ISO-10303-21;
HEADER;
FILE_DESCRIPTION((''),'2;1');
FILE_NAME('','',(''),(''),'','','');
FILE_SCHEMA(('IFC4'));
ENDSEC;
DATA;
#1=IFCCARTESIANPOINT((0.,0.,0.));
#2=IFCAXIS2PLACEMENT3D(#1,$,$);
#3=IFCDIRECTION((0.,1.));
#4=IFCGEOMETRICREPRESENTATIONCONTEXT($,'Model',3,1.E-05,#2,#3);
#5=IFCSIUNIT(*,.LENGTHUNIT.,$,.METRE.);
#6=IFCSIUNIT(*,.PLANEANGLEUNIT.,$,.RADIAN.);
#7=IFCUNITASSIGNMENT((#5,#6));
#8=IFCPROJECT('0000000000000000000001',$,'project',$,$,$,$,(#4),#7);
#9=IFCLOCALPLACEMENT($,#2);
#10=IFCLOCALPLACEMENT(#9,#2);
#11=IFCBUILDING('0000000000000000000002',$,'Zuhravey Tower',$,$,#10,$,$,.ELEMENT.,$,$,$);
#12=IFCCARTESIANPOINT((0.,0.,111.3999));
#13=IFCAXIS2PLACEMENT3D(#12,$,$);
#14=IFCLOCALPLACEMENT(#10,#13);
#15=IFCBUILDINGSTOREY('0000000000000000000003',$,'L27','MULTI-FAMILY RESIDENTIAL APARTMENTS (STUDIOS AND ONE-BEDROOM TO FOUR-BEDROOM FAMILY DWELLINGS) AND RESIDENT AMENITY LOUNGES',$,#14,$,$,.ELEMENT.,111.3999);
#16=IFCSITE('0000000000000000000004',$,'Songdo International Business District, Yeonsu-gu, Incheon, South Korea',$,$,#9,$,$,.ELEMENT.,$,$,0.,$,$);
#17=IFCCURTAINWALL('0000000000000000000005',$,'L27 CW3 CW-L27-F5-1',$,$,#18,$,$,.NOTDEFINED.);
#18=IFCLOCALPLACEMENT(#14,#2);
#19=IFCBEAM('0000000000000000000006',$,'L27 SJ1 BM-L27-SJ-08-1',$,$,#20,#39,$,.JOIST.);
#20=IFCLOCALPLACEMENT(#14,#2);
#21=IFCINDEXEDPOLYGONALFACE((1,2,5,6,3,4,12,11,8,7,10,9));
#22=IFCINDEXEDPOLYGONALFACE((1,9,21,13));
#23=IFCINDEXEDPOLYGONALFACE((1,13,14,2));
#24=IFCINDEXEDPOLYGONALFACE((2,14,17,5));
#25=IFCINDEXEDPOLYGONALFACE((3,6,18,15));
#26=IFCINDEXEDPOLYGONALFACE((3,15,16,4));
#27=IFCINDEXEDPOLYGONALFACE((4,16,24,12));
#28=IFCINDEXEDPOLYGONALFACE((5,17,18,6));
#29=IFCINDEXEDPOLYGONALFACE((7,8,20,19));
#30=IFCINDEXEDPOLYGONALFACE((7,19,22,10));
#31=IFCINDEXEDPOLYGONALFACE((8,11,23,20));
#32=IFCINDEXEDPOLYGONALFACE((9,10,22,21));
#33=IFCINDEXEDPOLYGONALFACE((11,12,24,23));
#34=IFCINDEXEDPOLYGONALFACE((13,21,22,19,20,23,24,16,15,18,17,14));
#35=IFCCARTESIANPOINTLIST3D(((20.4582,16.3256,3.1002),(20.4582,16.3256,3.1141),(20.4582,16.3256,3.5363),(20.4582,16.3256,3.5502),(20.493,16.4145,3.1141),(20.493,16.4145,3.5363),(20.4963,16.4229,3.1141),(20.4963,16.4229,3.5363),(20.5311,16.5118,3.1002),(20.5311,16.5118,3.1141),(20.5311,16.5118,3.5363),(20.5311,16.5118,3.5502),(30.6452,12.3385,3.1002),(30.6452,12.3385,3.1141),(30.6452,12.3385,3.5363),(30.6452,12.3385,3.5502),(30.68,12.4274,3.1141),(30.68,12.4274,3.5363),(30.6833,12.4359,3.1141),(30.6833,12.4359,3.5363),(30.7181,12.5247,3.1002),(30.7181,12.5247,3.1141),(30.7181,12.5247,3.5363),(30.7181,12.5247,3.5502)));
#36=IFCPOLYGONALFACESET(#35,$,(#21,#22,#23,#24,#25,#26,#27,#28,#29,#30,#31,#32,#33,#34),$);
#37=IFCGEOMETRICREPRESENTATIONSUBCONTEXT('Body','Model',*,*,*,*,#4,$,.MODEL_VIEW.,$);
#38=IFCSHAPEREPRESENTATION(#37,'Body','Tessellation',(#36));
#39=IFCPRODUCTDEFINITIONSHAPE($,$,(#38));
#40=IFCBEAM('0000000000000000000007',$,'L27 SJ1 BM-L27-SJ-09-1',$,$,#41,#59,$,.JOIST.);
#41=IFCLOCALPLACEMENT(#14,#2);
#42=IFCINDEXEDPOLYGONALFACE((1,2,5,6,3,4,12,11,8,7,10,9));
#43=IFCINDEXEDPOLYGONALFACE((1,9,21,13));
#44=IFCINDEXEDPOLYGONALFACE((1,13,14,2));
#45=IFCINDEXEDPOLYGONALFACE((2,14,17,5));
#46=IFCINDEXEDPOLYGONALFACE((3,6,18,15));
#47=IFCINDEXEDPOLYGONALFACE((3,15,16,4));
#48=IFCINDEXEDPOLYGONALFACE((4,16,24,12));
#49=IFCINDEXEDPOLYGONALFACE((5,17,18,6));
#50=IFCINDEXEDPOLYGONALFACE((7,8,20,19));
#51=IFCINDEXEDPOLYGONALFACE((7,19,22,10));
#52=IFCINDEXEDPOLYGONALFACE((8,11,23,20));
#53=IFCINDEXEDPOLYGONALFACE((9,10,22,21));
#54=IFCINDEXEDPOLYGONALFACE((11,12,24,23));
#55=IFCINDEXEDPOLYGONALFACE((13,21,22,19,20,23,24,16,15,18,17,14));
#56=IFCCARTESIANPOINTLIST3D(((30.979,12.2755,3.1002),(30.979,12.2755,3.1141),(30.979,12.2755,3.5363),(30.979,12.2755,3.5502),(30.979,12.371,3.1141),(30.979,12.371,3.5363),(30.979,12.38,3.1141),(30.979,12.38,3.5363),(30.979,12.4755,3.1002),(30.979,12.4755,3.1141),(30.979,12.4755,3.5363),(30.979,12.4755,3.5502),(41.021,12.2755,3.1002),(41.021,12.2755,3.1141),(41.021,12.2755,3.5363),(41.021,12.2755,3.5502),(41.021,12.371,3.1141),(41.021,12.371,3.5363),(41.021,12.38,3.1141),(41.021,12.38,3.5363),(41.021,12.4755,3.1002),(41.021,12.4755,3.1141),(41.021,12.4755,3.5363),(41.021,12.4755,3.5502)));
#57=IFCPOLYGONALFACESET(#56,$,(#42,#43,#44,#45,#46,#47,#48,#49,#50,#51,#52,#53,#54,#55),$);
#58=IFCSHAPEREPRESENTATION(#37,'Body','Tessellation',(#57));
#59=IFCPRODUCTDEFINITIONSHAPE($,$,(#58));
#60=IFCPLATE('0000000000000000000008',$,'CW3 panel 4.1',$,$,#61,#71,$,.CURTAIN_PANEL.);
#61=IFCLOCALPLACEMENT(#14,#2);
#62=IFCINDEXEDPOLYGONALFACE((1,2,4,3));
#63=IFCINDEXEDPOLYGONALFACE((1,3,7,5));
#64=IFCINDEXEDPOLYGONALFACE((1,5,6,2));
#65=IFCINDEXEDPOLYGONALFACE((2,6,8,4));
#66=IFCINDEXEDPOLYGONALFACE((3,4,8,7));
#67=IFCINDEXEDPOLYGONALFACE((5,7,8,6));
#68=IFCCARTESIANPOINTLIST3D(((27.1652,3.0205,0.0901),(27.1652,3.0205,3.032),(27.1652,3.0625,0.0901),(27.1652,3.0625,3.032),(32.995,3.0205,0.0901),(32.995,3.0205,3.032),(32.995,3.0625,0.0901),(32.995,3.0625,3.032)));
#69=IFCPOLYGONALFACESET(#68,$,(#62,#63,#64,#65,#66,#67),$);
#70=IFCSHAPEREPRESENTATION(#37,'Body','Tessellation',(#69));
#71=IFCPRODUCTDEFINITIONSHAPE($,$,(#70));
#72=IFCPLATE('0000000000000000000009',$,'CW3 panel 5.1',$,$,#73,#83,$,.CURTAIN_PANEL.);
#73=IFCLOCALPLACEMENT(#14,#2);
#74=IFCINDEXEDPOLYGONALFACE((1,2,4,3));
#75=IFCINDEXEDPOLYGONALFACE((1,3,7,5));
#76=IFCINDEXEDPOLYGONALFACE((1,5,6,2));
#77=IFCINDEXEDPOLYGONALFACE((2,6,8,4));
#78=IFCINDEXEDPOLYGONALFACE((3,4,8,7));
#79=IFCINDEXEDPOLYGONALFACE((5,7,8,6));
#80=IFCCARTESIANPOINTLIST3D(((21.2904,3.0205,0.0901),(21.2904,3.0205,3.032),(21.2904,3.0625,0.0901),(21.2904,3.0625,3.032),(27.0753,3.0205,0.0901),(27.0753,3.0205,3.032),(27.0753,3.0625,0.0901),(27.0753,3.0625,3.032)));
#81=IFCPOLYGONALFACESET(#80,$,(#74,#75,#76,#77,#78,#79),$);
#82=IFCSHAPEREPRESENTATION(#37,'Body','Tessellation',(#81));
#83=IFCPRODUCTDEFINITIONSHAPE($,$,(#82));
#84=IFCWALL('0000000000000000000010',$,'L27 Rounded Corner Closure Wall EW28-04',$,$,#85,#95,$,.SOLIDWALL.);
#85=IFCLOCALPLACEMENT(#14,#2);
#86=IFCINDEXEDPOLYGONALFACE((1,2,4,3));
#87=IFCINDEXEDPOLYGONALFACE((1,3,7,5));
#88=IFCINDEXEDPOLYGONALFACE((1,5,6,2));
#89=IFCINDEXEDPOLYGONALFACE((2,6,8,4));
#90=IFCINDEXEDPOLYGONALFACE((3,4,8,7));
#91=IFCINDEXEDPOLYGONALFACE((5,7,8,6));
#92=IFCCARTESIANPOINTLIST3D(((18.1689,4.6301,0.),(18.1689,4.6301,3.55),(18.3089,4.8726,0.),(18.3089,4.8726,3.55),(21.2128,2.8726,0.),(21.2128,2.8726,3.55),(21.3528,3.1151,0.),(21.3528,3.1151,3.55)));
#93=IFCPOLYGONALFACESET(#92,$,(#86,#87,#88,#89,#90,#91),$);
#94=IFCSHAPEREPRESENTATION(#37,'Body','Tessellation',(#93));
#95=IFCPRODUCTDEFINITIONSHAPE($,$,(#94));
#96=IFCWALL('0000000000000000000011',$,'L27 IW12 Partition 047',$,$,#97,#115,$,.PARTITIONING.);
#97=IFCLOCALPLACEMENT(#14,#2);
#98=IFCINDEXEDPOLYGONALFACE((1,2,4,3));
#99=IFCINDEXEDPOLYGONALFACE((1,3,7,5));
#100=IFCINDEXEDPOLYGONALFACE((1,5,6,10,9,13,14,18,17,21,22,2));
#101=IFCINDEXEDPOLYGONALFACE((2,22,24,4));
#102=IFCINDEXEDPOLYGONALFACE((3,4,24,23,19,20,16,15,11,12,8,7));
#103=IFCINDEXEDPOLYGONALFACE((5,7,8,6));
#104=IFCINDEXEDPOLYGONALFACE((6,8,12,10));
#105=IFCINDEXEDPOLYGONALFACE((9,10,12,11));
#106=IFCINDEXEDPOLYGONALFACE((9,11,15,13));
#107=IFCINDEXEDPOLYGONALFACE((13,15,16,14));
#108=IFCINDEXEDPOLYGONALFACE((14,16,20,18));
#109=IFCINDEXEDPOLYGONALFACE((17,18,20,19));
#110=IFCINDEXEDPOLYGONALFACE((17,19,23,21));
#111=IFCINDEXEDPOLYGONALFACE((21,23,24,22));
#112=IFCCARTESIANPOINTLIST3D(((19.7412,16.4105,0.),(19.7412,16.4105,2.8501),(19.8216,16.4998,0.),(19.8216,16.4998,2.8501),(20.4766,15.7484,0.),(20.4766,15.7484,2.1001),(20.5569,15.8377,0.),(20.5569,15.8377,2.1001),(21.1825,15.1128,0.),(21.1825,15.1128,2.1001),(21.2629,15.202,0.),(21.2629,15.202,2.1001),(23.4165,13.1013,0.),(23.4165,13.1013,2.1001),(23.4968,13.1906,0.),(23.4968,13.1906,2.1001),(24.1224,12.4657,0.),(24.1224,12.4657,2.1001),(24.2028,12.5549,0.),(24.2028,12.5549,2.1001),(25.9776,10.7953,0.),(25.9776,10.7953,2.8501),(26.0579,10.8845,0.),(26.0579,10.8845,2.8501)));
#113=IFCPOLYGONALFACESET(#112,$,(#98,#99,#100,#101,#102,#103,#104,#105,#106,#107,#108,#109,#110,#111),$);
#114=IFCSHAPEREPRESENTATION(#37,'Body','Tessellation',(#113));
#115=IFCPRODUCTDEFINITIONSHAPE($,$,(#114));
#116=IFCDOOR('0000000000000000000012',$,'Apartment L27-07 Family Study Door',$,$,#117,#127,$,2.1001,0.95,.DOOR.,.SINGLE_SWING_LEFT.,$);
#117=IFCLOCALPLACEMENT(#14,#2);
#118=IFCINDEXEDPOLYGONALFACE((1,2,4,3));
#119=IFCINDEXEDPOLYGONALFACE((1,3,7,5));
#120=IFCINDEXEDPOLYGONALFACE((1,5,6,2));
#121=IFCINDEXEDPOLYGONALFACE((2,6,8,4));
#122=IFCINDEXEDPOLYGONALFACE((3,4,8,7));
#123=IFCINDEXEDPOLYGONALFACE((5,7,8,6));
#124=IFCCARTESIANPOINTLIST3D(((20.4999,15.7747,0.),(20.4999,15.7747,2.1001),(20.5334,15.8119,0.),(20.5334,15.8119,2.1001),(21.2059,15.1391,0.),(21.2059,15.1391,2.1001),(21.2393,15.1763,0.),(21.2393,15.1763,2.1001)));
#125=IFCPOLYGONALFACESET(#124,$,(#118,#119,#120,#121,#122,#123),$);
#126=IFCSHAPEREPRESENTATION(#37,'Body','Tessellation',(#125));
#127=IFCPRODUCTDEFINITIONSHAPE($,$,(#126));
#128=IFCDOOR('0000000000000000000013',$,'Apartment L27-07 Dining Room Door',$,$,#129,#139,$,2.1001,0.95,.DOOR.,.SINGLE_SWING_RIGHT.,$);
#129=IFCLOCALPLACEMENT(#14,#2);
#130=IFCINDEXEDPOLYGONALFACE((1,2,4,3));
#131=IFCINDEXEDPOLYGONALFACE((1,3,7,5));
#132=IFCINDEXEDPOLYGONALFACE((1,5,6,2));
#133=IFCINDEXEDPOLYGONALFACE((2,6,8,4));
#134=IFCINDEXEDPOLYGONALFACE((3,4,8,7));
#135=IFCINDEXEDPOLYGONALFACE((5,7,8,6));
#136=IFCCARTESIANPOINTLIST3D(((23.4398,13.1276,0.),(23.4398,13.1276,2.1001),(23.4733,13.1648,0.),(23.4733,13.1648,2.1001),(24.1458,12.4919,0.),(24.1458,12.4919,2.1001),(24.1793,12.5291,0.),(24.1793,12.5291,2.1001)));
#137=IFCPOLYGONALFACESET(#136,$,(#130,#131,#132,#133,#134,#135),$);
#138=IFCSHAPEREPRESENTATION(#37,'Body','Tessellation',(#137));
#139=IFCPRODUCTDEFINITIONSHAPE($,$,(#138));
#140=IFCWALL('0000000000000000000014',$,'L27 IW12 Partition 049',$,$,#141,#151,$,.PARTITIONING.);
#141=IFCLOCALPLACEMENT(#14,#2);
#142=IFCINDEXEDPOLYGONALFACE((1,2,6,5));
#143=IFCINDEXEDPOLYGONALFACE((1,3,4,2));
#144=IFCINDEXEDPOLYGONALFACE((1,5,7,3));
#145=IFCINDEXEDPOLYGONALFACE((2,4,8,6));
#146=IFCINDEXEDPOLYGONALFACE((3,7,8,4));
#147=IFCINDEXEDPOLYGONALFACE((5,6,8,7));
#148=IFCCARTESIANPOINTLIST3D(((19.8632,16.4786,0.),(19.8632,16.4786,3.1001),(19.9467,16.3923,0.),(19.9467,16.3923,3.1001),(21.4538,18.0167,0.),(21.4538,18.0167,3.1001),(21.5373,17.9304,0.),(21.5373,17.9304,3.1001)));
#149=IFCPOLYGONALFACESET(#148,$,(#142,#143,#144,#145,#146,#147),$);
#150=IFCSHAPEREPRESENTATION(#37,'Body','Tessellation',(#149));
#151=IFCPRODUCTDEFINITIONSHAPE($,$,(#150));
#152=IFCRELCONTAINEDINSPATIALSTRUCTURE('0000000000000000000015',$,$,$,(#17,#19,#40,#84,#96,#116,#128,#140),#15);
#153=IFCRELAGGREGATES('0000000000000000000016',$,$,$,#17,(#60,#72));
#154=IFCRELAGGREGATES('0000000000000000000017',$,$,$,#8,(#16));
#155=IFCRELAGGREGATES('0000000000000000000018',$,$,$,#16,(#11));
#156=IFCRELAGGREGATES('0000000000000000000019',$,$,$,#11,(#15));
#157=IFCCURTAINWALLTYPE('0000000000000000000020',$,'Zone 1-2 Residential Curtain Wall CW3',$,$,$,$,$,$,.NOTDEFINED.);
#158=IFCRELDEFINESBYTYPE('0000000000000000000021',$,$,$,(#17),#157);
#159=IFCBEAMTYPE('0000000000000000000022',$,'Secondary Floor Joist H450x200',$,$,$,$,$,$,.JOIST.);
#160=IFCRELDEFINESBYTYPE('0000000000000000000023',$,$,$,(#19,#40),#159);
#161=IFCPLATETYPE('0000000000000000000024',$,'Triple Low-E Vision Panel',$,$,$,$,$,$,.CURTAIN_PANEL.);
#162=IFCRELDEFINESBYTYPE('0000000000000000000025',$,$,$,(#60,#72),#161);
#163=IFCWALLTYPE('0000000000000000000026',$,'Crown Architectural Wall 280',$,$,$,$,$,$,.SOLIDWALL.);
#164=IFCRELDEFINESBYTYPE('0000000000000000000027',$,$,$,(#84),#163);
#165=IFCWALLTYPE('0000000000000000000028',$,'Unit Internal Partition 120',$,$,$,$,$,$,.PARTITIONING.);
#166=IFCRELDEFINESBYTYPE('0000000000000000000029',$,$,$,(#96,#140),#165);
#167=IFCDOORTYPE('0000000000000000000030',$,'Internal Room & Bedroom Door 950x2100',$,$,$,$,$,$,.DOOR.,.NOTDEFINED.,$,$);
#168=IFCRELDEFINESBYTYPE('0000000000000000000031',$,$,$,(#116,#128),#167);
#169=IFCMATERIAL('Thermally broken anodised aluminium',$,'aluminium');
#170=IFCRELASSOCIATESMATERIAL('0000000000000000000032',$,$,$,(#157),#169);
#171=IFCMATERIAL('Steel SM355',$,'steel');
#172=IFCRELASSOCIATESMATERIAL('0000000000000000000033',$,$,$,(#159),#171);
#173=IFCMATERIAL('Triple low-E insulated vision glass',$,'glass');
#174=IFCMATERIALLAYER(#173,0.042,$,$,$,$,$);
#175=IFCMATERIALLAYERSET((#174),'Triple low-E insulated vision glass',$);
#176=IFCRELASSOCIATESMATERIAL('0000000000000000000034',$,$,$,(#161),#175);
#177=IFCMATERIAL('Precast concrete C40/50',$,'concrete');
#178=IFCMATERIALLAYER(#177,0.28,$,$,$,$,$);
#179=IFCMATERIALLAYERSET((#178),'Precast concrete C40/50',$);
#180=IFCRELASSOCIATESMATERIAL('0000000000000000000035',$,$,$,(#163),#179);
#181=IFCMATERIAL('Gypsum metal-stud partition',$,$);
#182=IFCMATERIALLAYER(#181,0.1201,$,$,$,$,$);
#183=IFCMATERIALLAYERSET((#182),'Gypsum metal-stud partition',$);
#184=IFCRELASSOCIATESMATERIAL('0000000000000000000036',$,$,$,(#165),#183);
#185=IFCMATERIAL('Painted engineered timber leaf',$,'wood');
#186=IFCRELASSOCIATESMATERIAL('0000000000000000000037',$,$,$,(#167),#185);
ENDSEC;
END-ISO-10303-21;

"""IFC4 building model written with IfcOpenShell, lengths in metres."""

from ifc_helpers import new_model, si_unit, direction, frame, frame_2d, origin, origin_2d, place, context, subcontext, project, spatial, rectangle, i_section, extrude, material, layer, layer_set, material_profile, profile_set, type_object, element, fill, aggregate, save


model = new_model("IFC4")

# Units and contexts
model_context = context("Model", 3, precision=1e-05, world=origin(), true_north=direction((0.0, 1.0)))
body_context = subcontext(model_context, "Body", "Model", "MODEL_VIEW")
ifc_project = project(units=[si_unit("LENGTHUNIT", "METRE"), si_unit("PLANEANGLEUNIT", "RADIAN")], contexts=[model_context])

# Site, building, storey
site_placement = place(None, origin())
site = spatial("IfcSite", under=ifc_project, at=site_placement, Name="Songdo International Business District, Yeonsu-gu, Incheon, South Korea", CompositionType="ELEMENT", RefElevation=0.0)
building_placement = place(site_placement, origin())
building = spatial("IfcBuilding", under=site, at=building_placement, Name="Zuhravey Tower", CompositionType="ELEMENT")
storey_placement = place(building_placement, frame((0.0, 0.0, 111.3999)))
storey = spatial("IfcBuildingStorey", under=building, at=storey_placement, Name="L27", Description="MULTI-FAMILY RESIDENTIAL APARTMENTS (STUDIOS AND ONE-BEDROOM TO FOUR-BEDROOM FAMILY DWELLINGS) AND RESIDENT AMENITY LOUNGES", CompositionType="ELEMENT", Elevation=111.3999)

# Curtain wall
ifc_material_1 = material(Name="Thermally broken anodised aluminium", Category="aluminium")
curtain_wall_type = type_object("IfcCurtainWallType", Name="Zone 1-2 Residential Curtain Wall CW3", PredefinedType="NOTDEFINED", material=ifc_material_1)
curtain_wall_placement = place(storey_placement, origin())
curtain_wall = element("IfcCurtainWall", 1, at=curtain_wall_placement, inside=storey, type_object=curtain_wall_type, Name="L27 CW3 CW-L27-F5-1", PredefinedType="NOTDEFINED")

# Beams
ifc_material_2 = material(Name="Steel SM355", Category="steel")
ifc_material_profile_1 = material_profile(ifc_material_2, i_section(OverallWidth=0.2, OverallDepth=0.45, WebThickness=0.009, FlangeThickness=0.0139, at=origin_2d()), Name="H-450x200x9x14")
ifc_profile_set_1 = profile_set([ifc_material_profile_1], Name="Steel SM355")
beam_type_1 = type_object("IfcBeamType", Name="Secondary Floor Joist H450x200", PredefinedType="JOIST", material=ifc_profile_set_1)
beam_1_placement = place(storey_placement, frame((20.4946, 16.4187, 3.3252), z_axis=(0.931217, -0.364466, 0.0), x_axis=(0.364466, 0.931217, 0.0)))
element("IfcBeam", 2, at=beam_1_placement, inside=storey, type_object=beam_type_1, Name="L27 SJ1 BM-L27-SJ-08-1", PredefinedType="JOIST", context=body_context, shape_type="SweptSolid", body=[
    extrude(i_section(OverallWidth=0.2, OverallDepth=0.45, WebThickness=0.009, FlangeThickness=0.0139, at=origin_2d()), origin(), (0.0, 0.0, 1.0), 10.9395),
])
beam_2_placement = place(storey_placement, frame((30.979, 12.3755, 3.3252), z_axis=(1.0, 0.0, 0.0), x_axis=(0.0, 1.0, 0.0)))
element("IfcBeam", 3, at=beam_2_placement, inside=storey, type_object=beam_type_1, Name="L27 SJ1 BM-L27-SJ-09-1", PredefinedType="JOIST", context=body_context, shape_type="SweptSolid", body=[
    extrude(i_section(OverallWidth=0.2, OverallDepth=0.45, WebThickness=0.009, FlangeThickness=0.0139, at=origin_2d()), origin(), (0.0, 0.0, 1.0), 10.042),
])

# Plates
ifc_material_3 = material(Name="Triple low-E insulated vision glass", Category="glass")
ifc_layer_1 = layer(ifc_material_3, 0.042)
ifc_layer_set_1 = layer_set([ifc_layer_1], Name="Triple low-E insulated vision glass")
plate_type = type_object("IfcPlateType", Name="Triple Low-E Vision Panel", PredefinedType="CURTAIN_PANEL", material=ifc_layer_set_1)
plate_1_placement = place(storey_placement, frame((30.0801, 3.0415, 0.0901), z_axis=(0.0, 0.0, 1.0), x_axis=(-1.0, 0.0, 0.0)))
plate_1 = element("IfcPlate", 4, at=plate_1_placement, type_object=plate_type, Name="CW3 panel 4.1", PredefinedType="CURTAIN_PANEL", context=body_context, shape_type="SweptSolid", body=[
    extrude(rectangle(XDim=5.8298, YDim=0.042, at=origin_2d()), origin(), (0.0, 0.0, 1.0), 2.9419),
])
plate_2_placement = place(storey_placement, frame((24.1829, 3.0415, 0.0901), z_axis=(0.0, 0.0, 1.0), x_axis=(-1.0, 0.0, 0.0)))
plate_2 = element("IfcPlate", 5, at=plate_2_placement, type_object=plate_type, Name="CW3 panel 5.1", PredefinedType="CURTAIN_PANEL", context=body_context, shape_type="SweptSolid", body=[
    extrude(rectangle(XDim=5.7849, YDim=0.042, at=origin_2d()), origin(), (0.0, 0.0, 1.0), 2.9419),
])
aggregate(curtain_wall, [plate_1, plate_2])

# Wall
ifc_material_4 = material(Name="Precast concrete C40/50", Category="concrete")
ifc_layer_2 = layer(ifc_material_4, 0.28)
ifc_layer_set_2 = layer_set([ifc_layer_2], Name="Precast concrete C40/50")
wall_type_1 = type_object("IfcWallType", Name="Crown Architectural Wall 280", PredefinedType="SOLIDWALL", material=ifc_layer_set_2)
wall_1_placement = place(storey_placement, frame((21.2827, 2.9939, 0.0), z_axis=(0.0, 0.0, 1.0), x_axis=(-0.866007, 0.500031, 0.0)))
element("IfcWall", 6, at=wall_1_placement, inside=storey, type_object=wall_type_1, Name="L27 Rounded Corner Closure Wall EW28-04", PredefinedType="SOLIDWALL", context=body_context, shape_type="SweptSolid", body=[
    extrude(rectangle(XDim=3.5149, YDim=0.28, at=frame_2d((1.7573, 0.0))), origin(), (0.0, 0.0, 1.0), 3.55),
])

# Wall, openings, doors
ifc_material_5 = material(Name="Gypsum metal-stud partition")
ifc_layer_3 = layer(ifc_material_5, 0.1201)
ifc_layer_set_3 = layer_set([ifc_layer_3], Name="Gypsum metal-stud partition")
wall_type_2 = type_object("IfcWallType", Name="Unit Internal Partition 120", PredefinedType="PARTITIONING", material=ifc_layer_set_3)
wall_2_placement = place(storey_placement, frame((19.7815, 16.4551, 0.0), z_axis=(0.0, 0.0, 1.0), x_axis=(0.743144, -0.669132, 0.0)))
wall_2 = element("IfcWall", 7, at=wall_2_placement, inside=storey, type_object=wall_type_2, Name="L27 IW12 Partition 047", PredefinedType="PARTITIONING", context=body_context, shape_type="SweptSolid", body=[
    extrude(rectangle(XDim=8.3918, YDim=0.1201, at=frame_2d((4.1958, 0.0))), origin(), (0.0, 0.0, 1.0), 2.8501),
])
opening_1_placement = place(wall_2_placement, frame((0.9893, 0.0, 0.0)))
opening_1 = element("IfcOpeningElement", 8, at=opening_1_placement, cuts=wall_2, PredefinedType="OPENING", context=body_context, shape_type="SweptSolid", body=[
    extrude(rectangle(XDim=0.95, YDim=2.1001, at=frame_2d((0.4751, 1.05))), frame((0.0, 0.072, 0.0), z_axis=(0.0, -1.0, 0.0), x_axis=(1.0, 0.0, 0.0)), (0.0, 0.0, 1.0), 0.144),
])
opening_2_placement = place(wall_2_placement, frame((4.9453, 0.0, 0.0)))
opening_2 = element("IfcOpeningElement", 9, at=opening_2_placement, cuts=wall_2, PredefinedType="OPENING", context=body_context, shape_type="SweptSolid", body=[
    extrude(rectangle(XDim=0.95, YDim=2.1001, at=frame_2d((0.4751, 1.05))), frame((0.0, 0.072, 0.0), z_axis=(0.0, -1.0, 0.0), x_axis=(1.0, 0.0, 0.0)), (0.0, 0.0, 1.0), 0.144),
])
ifc_material_6 = material(Name="Painted engineered timber leaf", Category="wood")
door_type_1 = type_object("IfcDoorType", Name="Internal Room & Bedroom Door 950x2100", OperationType="NOTDEFINED", PredefinedType="DOOR", material=ifc_material_6)
door_1_placement = place(opening_1_placement, frame((0.95, 0.0, 0.0), z_axis=(0.0, 0.0, 1.0), x_axis=(-1.0, 0.0, 0.0)))
door_1 = element("IfcDoor", 10, at=door_1_placement, inside=storey, type_object=door_type_1, Name="Apartment L27-07 Family Study Door", OperationType="SINGLE_SWING_LEFT", OverallHeight=2.1001, OverallWidth=0.95, PredefinedType="DOOR", context=body_context, shape_type="SweptSolid", body=[
    extrude(rectangle(XDim=0.95, YDim=2.1001, at=frame_2d((0.4751, 1.05))), frame((0.0, 0.0249, 0.0), z_axis=(0.0, -1.0, 0.0), x_axis=(1.0, 0.0, 0.0)), (0.0, 0.0, 1.0), 0.05),
])
fill(opening_1, door_1)
door_2_placement = place(opening_2_placement, frame((0.95, 0.0, 0.0), z_axis=(0.0, 0.0, 1.0), x_axis=(-1.0, 0.0, 0.0)))
door_2 = element("IfcDoor", 11, at=door_2_placement, inside=storey, type_object=door_type_1, Name="Apartment L27-07 Dining Room Door", OperationType="SINGLE_SWING_RIGHT", OverallHeight=2.1001, OverallWidth=0.95, PredefinedType="DOOR", context=body_context, shape_type="SweptSolid", body=[
    extrude(rectangle(XDim=0.95, YDim=2.1001, at=frame_2d((0.4751, 1.05))), frame((0.0, 0.0249, 0.0), z_axis=(0.0, -1.0, 0.0), x_axis=(1.0, 0.0, 0.0)), (0.0, 0.0, 1.0), 0.05),
])
fill(opening_2, door_2)

# Wall
wall_3_placement = place(storey_placement, frame((21.4956, 17.9736, 0.0), z_axis=(0.0, 0.0, 1.0), x_axis=(-0.718869, -0.695146, 0.0)))
element("IfcWall", 12, at=wall_3_placement, inside=storey, type_object=wall_type_2, Name="L27 IW12 Partition 049", PredefinedType="PARTITIONING", context=body_context, shape_type="SweptSolid", body=[
    extrude(rectangle(XDim=2.2126, YDim=0.1201, at=frame_2d((1.1064, 0.0))), origin(), (0.0, 0.0, 1.0), 3.1001),
])

save(model, "model.ifc")
